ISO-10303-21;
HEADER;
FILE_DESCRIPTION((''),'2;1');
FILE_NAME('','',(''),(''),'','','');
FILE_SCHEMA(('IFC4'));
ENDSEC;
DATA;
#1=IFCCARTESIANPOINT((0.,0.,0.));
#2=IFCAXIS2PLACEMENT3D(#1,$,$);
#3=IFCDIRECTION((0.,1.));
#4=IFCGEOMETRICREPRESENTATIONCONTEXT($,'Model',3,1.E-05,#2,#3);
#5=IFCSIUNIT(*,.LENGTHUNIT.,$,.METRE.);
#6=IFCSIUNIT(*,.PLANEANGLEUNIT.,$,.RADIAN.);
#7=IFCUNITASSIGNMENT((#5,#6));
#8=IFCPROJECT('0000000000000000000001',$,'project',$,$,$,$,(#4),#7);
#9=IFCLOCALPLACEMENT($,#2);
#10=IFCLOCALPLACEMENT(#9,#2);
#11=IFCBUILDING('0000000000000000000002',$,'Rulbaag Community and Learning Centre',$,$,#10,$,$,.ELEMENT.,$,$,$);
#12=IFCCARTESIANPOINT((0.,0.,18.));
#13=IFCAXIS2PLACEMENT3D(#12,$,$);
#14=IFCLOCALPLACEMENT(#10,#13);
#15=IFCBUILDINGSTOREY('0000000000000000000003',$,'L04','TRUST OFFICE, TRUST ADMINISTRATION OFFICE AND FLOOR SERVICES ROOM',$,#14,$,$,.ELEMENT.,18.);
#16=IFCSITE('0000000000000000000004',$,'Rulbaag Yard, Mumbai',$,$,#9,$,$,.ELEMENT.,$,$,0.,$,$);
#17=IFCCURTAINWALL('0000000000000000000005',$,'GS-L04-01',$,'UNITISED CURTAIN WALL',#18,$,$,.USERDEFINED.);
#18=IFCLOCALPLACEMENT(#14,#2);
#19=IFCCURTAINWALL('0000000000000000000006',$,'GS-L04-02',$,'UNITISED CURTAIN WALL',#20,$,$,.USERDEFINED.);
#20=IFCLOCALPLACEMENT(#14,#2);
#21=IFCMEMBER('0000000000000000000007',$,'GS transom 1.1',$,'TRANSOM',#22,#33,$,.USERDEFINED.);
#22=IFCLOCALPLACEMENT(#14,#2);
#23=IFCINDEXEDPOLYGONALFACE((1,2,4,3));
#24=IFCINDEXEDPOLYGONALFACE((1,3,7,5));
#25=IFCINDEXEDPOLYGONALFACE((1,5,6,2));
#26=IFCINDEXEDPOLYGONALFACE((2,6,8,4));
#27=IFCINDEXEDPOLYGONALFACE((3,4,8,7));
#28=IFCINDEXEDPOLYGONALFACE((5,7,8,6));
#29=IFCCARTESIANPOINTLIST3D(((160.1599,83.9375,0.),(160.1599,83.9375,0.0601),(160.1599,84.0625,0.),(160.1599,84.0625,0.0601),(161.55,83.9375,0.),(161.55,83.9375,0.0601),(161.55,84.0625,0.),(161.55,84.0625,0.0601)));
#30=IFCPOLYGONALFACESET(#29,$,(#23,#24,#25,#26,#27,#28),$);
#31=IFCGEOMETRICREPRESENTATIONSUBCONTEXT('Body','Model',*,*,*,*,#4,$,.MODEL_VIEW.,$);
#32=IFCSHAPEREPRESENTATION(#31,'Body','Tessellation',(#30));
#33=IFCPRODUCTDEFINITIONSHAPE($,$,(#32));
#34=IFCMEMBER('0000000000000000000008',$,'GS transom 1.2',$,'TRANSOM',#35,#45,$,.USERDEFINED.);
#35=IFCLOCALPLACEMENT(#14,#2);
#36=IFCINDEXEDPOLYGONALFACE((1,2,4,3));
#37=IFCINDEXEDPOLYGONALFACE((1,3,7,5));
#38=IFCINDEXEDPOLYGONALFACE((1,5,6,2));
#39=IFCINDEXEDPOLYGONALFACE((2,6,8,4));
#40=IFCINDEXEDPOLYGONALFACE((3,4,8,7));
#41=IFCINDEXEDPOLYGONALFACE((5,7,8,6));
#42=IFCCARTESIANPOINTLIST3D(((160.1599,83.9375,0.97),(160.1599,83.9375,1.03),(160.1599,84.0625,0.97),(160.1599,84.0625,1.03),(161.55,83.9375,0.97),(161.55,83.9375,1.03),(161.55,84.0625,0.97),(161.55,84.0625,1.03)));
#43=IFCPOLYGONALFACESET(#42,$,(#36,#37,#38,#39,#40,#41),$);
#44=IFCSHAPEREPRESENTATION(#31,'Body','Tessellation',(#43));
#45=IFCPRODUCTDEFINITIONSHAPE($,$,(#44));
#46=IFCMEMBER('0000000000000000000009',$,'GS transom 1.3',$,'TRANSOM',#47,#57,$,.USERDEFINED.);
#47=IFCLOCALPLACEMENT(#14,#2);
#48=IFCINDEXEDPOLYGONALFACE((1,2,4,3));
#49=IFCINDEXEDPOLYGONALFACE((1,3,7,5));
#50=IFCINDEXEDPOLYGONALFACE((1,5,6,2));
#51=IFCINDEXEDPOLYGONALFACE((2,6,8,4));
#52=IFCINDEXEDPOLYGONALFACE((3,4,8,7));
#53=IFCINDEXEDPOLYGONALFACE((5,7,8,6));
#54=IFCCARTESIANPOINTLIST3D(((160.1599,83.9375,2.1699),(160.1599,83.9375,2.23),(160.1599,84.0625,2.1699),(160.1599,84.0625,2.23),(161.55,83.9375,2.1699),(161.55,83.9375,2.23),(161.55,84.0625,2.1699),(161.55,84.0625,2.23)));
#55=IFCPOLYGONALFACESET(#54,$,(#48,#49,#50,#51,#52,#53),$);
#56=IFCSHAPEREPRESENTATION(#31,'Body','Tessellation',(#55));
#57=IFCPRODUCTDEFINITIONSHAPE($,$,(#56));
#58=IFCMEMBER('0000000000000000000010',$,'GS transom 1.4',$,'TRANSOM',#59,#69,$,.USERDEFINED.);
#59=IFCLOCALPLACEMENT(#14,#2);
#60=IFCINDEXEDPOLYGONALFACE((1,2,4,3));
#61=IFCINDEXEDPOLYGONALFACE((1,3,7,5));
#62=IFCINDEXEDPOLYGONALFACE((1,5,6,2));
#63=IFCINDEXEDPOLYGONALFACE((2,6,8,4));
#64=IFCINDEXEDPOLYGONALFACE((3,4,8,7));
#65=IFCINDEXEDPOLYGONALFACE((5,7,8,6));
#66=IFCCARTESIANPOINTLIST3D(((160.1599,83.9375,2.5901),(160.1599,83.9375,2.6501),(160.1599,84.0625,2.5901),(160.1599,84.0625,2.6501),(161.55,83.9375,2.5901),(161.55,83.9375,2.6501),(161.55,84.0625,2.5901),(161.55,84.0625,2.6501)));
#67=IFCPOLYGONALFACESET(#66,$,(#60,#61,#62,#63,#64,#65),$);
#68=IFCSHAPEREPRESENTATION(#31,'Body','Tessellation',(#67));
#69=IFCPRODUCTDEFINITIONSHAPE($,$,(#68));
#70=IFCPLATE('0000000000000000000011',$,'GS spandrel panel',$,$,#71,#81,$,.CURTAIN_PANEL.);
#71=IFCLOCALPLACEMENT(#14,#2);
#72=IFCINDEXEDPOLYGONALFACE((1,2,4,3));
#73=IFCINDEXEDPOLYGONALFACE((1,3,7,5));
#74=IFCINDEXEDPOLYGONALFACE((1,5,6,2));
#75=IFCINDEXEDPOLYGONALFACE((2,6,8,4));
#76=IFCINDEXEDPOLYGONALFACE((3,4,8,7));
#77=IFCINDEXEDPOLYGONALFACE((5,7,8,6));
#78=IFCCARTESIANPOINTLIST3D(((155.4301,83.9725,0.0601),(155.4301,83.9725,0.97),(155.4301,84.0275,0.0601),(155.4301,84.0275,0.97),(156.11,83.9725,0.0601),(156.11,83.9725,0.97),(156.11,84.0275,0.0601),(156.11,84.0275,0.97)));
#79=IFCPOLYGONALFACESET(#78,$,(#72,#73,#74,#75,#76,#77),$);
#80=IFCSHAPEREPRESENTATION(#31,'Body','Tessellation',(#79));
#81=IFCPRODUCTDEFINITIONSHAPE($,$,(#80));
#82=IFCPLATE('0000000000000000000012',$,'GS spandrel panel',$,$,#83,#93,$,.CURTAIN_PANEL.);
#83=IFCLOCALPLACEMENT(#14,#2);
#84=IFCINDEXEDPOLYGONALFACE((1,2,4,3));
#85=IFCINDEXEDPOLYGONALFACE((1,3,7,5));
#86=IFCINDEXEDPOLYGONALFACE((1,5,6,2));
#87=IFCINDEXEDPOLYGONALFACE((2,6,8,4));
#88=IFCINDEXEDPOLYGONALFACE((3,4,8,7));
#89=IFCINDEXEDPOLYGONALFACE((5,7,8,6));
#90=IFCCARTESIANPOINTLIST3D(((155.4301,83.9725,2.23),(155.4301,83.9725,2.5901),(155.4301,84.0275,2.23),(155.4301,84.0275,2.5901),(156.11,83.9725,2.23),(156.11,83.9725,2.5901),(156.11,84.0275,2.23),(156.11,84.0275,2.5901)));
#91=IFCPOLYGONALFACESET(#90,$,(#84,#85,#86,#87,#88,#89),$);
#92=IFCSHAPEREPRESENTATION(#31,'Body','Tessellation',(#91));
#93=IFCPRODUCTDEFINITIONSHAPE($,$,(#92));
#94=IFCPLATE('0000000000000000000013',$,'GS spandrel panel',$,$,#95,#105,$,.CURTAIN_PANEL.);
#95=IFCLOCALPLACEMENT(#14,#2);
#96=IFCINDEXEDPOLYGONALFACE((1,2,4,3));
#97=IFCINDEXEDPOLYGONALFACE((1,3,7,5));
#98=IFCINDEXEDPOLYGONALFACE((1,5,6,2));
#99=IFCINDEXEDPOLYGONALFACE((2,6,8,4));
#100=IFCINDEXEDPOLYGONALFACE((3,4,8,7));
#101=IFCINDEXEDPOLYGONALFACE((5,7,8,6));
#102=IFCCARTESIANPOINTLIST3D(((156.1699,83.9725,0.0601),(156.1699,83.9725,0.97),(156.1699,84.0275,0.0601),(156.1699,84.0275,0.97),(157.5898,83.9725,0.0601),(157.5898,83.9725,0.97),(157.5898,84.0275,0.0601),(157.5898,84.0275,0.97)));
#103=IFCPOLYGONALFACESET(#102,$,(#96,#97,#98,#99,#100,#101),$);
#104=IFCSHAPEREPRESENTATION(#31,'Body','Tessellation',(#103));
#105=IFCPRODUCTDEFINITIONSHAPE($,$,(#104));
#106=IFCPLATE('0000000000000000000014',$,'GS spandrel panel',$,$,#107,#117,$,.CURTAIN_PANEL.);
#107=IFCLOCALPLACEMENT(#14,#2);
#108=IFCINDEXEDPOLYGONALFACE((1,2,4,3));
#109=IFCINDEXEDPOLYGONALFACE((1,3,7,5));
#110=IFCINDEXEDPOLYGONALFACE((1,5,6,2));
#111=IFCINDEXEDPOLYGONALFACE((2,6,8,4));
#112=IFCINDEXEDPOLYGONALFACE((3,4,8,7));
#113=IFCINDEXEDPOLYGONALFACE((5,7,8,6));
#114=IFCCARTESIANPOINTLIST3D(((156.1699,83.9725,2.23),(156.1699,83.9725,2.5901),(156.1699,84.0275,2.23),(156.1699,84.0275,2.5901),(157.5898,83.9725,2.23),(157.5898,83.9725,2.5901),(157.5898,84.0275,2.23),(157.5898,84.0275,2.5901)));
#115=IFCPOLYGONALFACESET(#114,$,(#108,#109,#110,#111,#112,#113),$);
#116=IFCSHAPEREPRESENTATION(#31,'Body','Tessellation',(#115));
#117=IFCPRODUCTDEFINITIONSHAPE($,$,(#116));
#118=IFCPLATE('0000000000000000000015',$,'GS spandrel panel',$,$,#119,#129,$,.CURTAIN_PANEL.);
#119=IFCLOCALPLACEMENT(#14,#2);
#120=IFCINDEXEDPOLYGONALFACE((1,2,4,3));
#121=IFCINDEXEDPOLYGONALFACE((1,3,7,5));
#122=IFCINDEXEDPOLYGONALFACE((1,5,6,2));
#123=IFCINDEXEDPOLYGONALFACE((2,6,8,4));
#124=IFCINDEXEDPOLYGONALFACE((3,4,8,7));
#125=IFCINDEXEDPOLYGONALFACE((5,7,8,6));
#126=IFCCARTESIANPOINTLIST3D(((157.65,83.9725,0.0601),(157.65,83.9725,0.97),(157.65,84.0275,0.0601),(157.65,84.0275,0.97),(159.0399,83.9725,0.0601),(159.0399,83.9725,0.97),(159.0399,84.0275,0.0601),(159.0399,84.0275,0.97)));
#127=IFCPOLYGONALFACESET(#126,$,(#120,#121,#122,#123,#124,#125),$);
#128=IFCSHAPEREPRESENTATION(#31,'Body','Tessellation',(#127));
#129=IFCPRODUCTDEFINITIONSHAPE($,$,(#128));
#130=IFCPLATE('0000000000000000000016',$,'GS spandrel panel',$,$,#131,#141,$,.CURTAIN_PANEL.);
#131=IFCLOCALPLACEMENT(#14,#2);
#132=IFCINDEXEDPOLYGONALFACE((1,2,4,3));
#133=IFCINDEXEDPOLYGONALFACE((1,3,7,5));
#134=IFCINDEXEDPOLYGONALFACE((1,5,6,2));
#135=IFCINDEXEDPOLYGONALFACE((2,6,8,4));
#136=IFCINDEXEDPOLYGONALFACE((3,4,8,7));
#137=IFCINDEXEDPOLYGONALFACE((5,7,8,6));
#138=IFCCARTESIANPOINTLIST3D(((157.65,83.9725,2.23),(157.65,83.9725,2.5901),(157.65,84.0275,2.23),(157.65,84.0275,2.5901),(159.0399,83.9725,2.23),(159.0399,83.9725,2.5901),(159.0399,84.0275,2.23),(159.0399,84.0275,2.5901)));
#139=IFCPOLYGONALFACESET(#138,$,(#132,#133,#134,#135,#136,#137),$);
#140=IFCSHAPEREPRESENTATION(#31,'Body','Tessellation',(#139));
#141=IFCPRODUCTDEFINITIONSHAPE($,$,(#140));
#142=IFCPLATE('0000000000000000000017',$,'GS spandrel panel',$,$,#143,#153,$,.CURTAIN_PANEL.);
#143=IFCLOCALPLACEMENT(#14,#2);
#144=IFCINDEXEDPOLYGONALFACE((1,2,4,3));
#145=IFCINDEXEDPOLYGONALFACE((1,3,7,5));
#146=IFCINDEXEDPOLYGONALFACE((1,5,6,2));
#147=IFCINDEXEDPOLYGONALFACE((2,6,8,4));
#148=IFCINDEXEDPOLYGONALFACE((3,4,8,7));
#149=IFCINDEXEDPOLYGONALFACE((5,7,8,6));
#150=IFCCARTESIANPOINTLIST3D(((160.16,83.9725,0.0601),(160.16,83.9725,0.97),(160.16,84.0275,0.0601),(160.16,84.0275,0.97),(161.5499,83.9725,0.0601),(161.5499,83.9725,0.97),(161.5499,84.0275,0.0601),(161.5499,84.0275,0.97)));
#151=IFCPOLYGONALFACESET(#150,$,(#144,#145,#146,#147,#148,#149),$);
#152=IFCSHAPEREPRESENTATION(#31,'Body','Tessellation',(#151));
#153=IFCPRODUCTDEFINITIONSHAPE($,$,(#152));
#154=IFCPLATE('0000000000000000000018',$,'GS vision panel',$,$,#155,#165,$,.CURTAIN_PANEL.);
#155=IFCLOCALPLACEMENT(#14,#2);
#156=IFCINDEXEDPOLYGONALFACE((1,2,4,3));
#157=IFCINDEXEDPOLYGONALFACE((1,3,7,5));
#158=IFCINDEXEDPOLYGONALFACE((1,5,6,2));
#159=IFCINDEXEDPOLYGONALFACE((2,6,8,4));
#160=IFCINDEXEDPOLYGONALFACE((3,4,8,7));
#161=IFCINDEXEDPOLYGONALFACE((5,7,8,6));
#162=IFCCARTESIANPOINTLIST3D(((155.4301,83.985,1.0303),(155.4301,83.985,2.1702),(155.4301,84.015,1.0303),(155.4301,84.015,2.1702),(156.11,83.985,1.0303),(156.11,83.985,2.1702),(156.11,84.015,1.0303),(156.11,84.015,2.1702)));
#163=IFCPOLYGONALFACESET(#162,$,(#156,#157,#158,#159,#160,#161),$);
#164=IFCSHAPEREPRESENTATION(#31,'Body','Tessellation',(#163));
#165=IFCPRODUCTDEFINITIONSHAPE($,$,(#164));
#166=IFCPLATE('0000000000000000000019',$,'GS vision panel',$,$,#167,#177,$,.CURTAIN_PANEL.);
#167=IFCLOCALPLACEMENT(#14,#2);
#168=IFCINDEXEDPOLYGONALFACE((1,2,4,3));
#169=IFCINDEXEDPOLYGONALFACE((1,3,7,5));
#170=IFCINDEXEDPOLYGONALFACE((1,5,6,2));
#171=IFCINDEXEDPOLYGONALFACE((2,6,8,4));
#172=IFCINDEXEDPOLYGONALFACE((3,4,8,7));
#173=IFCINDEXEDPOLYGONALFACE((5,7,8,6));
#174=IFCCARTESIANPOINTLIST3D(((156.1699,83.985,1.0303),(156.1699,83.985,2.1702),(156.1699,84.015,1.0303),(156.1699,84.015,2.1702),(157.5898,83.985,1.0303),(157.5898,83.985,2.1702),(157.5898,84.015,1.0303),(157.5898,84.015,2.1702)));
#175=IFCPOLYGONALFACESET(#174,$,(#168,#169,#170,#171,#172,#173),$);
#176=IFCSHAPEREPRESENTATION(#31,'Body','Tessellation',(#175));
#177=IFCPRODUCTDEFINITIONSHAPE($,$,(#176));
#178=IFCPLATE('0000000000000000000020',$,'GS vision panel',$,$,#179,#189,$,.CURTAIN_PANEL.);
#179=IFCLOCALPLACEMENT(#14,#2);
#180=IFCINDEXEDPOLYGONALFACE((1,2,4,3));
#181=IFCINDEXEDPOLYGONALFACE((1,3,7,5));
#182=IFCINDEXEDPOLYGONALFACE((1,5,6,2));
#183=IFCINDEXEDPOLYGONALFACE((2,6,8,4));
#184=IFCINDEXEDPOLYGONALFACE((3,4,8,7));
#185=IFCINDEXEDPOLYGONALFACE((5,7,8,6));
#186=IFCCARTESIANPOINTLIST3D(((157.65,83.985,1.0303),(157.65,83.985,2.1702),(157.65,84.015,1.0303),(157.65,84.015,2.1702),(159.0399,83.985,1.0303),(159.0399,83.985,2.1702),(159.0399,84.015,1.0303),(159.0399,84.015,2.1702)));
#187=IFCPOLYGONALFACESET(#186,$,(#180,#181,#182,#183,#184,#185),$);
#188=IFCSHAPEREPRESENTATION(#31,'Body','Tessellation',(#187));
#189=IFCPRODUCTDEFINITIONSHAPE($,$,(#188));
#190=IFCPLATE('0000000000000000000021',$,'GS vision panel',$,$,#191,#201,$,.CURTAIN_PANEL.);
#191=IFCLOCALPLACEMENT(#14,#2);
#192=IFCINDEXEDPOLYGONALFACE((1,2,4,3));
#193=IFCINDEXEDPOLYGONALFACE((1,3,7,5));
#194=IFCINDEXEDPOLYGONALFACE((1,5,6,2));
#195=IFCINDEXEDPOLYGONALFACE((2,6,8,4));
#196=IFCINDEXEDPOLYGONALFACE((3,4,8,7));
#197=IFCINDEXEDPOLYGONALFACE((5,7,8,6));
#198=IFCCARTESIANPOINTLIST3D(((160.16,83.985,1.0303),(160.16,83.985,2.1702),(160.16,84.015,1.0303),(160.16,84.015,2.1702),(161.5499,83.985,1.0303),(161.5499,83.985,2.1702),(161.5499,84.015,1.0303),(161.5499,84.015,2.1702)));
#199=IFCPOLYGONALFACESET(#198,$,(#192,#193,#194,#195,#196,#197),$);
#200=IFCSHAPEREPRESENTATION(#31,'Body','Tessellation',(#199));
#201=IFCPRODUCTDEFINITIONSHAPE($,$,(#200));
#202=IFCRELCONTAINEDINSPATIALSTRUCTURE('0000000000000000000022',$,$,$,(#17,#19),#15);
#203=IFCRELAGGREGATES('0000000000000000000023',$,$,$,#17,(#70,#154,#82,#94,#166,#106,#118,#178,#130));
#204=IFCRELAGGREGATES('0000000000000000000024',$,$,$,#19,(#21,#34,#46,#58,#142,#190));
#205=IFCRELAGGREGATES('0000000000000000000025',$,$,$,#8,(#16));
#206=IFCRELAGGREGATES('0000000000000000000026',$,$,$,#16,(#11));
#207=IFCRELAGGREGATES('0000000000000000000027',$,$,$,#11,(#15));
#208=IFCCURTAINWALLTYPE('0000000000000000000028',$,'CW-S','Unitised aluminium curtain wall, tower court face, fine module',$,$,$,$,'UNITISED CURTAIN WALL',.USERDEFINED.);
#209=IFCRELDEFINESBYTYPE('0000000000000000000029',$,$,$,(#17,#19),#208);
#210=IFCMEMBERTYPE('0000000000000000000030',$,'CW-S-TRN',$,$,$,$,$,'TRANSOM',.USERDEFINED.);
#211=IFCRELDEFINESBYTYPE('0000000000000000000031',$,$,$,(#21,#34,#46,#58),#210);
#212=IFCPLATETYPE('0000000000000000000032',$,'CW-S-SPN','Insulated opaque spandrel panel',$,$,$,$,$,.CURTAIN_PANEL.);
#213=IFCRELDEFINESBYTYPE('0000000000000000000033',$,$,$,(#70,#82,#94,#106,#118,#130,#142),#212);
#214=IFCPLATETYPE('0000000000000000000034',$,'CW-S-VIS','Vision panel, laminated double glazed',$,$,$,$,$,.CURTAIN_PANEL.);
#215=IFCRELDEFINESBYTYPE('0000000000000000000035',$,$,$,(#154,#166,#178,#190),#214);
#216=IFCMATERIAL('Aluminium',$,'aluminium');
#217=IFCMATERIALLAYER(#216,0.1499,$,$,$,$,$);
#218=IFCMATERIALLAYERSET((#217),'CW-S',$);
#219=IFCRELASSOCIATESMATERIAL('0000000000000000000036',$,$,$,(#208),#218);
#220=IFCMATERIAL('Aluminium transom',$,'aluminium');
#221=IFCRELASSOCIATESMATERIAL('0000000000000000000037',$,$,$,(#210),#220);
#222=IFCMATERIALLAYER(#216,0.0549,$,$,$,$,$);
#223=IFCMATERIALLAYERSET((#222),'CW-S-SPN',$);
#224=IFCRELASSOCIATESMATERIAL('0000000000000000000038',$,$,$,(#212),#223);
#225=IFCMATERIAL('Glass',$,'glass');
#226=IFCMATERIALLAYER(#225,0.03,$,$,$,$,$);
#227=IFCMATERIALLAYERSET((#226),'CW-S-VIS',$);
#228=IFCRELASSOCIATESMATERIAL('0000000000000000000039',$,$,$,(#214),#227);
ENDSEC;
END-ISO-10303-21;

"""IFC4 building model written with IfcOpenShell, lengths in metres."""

from ifc_helpers import new_model, si_unit, direction, frame, origin, origin_2d, place, context, subcontext, project, spatial, rectangle, extrude, material, layer, layer_set, material_profile, profile_set, type_object, element, aggregate, save


model = new_model("IFC4")

# Units and contexts
model_context = context("Model", 3, precision=1e-05, world=origin(), true_north=direction((0.0, 1.0)))
body_context = subcontext(model_context, "Body", "Model", "MODEL_VIEW")
ifc_project = project(units=[si_unit("LENGTHUNIT", "METRE"), si_unit("PLANEANGLEUNIT", "RADIAN")], contexts=[model_context])

# Site, building, storey
site_placement = place(None, origin())
site = spatial("IfcSite", under=ifc_project, at=site_placement, Name="Rulbaag Yard, Mumbai", CompositionType="ELEMENT", RefElevation=0.0)
building_placement = place(site_placement, origin())
building = spatial("IfcBuilding", under=site, at=building_placement, Name="Rulbaag Community and Learning Centre", CompositionType="ELEMENT")
storey_placement = place(building_placement, frame((0.0, 0.0, 18.0)))
storey = spatial("IfcBuildingStorey", under=building, at=storey_placement, Name="L04", Description="TRUST OFFICE, TRUST ADMINISTRATION OFFICE AND FLOOR SERVICES ROOM", CompositionType="ELEMENT", Elevation=18.0)

# Curtain wall
ifc_material_1 = material(Name="Aluminium", Category="aluminium")
ifc_layer_1 = layer(ifc_material_1, 0.1499)
ifc_layer_set_1 = layer_set([ifc_layer_1], Name="CW-S")
curtain_wall_type = type_object("IfcCurtainWallType", Name="CW-S", Description="Unitised aluminium curtain wall, tower court face, fine module", ElementType="UNITISED CURTAIN WALL", PredefinedType="USERDEFINED", material=ifc_layer_set_1)
curtain_wall_1_placement = place(storey_placement, origin())
curtain_wall_1 = element("IfcCurtainWall", 1, at=curtain_wall_1_placement, inside=storey, type_object=curtain_wall_type, Name="GS-L04-01", ObjectType="UNITISED CURTAIN WALL", PredefinedType="USERDEFINED")

# Curtain wall
curtain_wall_2_placement = place(storey_placement, origin())
curtain_wall_2 = element("IfcCurtainWall", 2, at=curtain_wall_2_placement, inside=storey, type_object=curtain_wall_type, Name="GS-L04-02", ObjectType="UNITISED CURTAIN WALL", PredefinedType="USERDEFINED")

# Members
ifc_material_2 = material(Name="Aluminium transom", Category="aluminium")
ifc_material_profile_1 = material_profile(ifc_material_2, rectangle(XDim=0.125, YDim=0.0601, at=origin_2d()), Name="AL 60x125 T")
ifc_profile_set_1 = profile_set([ifc_material_profile_1], Name="Aluminium transom")
member_type_1 = type_object("IfcMemberType", Name="CW-S-TRN", ElementType="TRANSOM", PredefinedType="USERDEFINED", material=ifc_profile_set_1)
member_1_placement = place(storey_placement, frame((160.1599, 84.0, 0.03), z_axis=(1.0, 0.0, 0.0), x_axis=(0.0, 1.0, 0.0)))
member_1 = element("IfcMember", 3, at=member_1_placement, type_object=member_type_1, Name="GS transom 1.1", ObjectType="TRANSOM", PredefinedType="USERDEFINED", context=body_context, shape_type="SweptSolid", body=[
    extrude(rectangle(XDim=0.125, YDim=0.0601, at=origin_2d()), origin(), (0.0, 0.0, 1.0), 1.3901),
])
member_2_placement = place(storey_placement, frame((160.1599, 84.0, 1.0), z_axis=(1.0, 0.0, 0.0), x_axis=(0.0, 1.0, 0.0)))
member_2 = element("IfcMember", 4, at=member_2_placement, type_object=member_type_1, Name="GS transom 1.2", ObjectType="TRANSOM", PredefinedType="USERDEFINED", context=body_context, shape_type="SweptSolid", body=[
    extrude(rectangle(XDim=0.125, YDim=0.0601, at=origin_2d()), origin(), (0.0, 0.0, 1.0), 1.3901),
])
member_3_placement = place(storey_placement, frame((160.1599, 84.0, 2.2), z_axis=(1.0, 0.0, 0.0), x_axis=(0.0, 1.0, 0.0)))
member_3 = element("IfcMember", 5, at=member_3_placement, type_object=member_type_1, Name="GS transom 1.3", ObjectType="TRANSOM", PredefinedType="USERDEFINED", context=body_context, shape_type="SweptSolid", body=[
    extrude(rectangle(XDim=0.125, YDim=0.0601, at=origin_2d()), origin(), (0.0, 0.0, 1.0), 1.3901),
])
member_4_placement = place(storey_placement, frame((160.1599, 84.0, 2.6201), z_axis=(1.0, 0.0, 0.0), x_axis=(0.0, 1.0, 0.0)))
member_4 = element("IfcMember", 6, at=member_4_placement, type_object=member_type_1, Name="GS transom 1.4", ObjectType="TRANSOM", PredefinedType="USERDEFINED", context=body_context, shape_type="SweptSolid", body=[
    extrude(rectangle(XDim=0.125, YDim=0.0601, at=origin_2d()), origin(), (0.0, 0.0, 1.0), 1.3901),
])

# Plates
ifc_layer_2 = layer(ifc_material_1, 0.0549)
ifc_layer_set_2 = layer_set([ifc_layer_2], Name="CW-S-SPN")
plate_type_1 = type_object("IfcPlateType", Name="CW-S-SPN", Description="Insulated opaque spandrel panel", PredefinedType="CURTAIN_PANEL", material=ifc_layer_set_2)
plate_1_placement = place(storey_placement, frame((155.77, 84.0, 0.0601), z_axis=(0.0, 0.0, 1.0), x_axis=(1.0, 0.0, 0.0)))
plate_1 = element("IfcPlate", 7, at=plate_1_placement, type_object=plate_type_1, Name="GS spandrel panel", PredefinedType="CURTAIN_PANEL", context=body_context, shape_type="SweptSolid", body=[
    extrude(rectangle(XDim=0.6799, YDim=0.0549, at=origin_2d()), origin(), (0.0, 0.0, 1.0), 0.9099),
])
plate_2_placement = place(storey_placement, frame((155.77, 84.0, 2.23), z_axis=(0.0, 0.0, 1.0), x_axis=(1.0, 0.0, 0.0)))
plate_2 = element("IfcPlate", 8, at=plate_2_placement, type_object=plate_type_1, Name="GS spandrel panel", PredefinedType="CURTAIN_PANEL", context=body_context, shape_type="SweptSolid", body=[
    extrude(rectangle(XDim=0.6799, YDim=0.0549, at=origin_2d()), origin(), (0.0, 0.0, 1.0), 0.3601),
])
plate_3_placement = place(storey_placement, frame((156.8799, 84.0, 0.0601), z_axis=(0.0, 0.0, 1.0), x_axis=(1.0, 0.0, 0.0)))
plate_3 = element("IfcPlate", 9, at=plate_3_placement, type_object=plate_type_1, Name="GS spandrel panel", PredefinedType="CURTAIN_PANEL", context=body_context, shape_type="SweptSolid", body=[
    extrude(rectangle(XDim=1.4199, YDim=0.0549, at=origin_2d()), origin(), (0.0, 0.0, 1.0), 0.9099),
])
plate_4_placement = place(storey_placement, frame((156.8799, 84.0, 2.23), z_axis=(0.0, 0.0, 1.0), x_axis=(1.0, 0.0, 0.0)))
plate_4 = element("IfcPlate", 10, at=plate_4_placement, type_object=plate_type_1, Name="GS spandrel panel", PredefinedType="CURTAIN_PANEL", context=body_context, shape_type="SweptSolid", body=[
    extrude(rectangle(XDim=1.4199, YDim=0.0549, at=origin_2d()), origin(), (0.0, 0.0, 1.0), 0.3601),
])
plate_5_placement = place(storey_placement, frame((158.345, 84.0, 0.0601), z_axis=(0.0, 0.0, 1.0), x_axis=(1.0, 0.0, 0.0)))
plate_5 = element("IfcPlate", 11, at=plate_5_placement, type_object=plate_type_1, Name="GS spandrel panel", PredefinedType="CURTAIN_PANEL", context=body_context, shape_type="SweptSolid", body=[
    extrude(rectangle(XDim=1.3899, YDim=0.0549, at=origin_2d()), origin(), (0.0, 0.0, 1.0), 0.9099),
])
plate_6_placement = place(storey_placement, frame((158.345, 84.0, 2.23), z_axis=(0.0, 0.0, 1.0), x_axis=(1.0, 0.0, 0.0)))
plate_6 = element("IfcPlate", 12, at=plate_6_placement, type_object=plate_type_1, Name="GS spandrel panel", PredefinedType="CURTAIN_PANEL", context=body_context, shape_type="SweptSolid", body=[
    extrude(rectangle(XDim=1.3899, YDim=0.0549, at=origin_2d()), origin(), (0.0, 0.0, 1.0), 0.3601),
])
plate_7_placement = place(storey_placement, frame((160.855, 84.0, 0.0601), z_axis=(0.0, 0.0, 1.0), x_axis=(1.0, 0.0, 0.0)))
plate_7 = element("IfcPlate", 13, at=plate_7_placement, type_object=plate_type_1, Name="GS spandrel panel", PredefinedType="CURTAIN_PANEL", context=body_context, shape_type="SweptSolid", body=[
    extrude(rectangle(XDim=1.3899, YDim=0.0549, at=origin_2d()), origin(), (0.0, 0.0, 1.0), 0.9099),
])
ifc_material_3 = material(Name="Glass", Category="glass")
ifc_layer_3 = layer(ifc_material_3, 0.03)
ifc_layer_set_3 = layer_set([ifc_layer_3], Name="CW-S-VIS")
plate_type_2 = type_object("IfcPlateType", Name="CW-S-VIS", Description="Vision panel, laminated double glazed", PredefinedType="CURTAIN_PANEL", material=ifc_layer_set_3)
plate_8_placement = place(storey_placement, frame((155.77, 84.0, 1.0303), z_axis=(0.0, 0.0, 1.0), x_axis=(1.0, 0.0, 0.0)))
plate_8 = element("IfcPlate", 14, at=plate_8_placement, type_object=plate_type_2, Name="GS vision panel", PredefinedType="CURTAIN_PANEL", context=body_context, shape_type="SweptSolid", body=[
    extrude(rectangle(XDim=0.6799, YDim=0.03, at=origin_2d()), origin(), (0.0, 0.0, 1.0), 1.1399),
])
plate_9_placement = place(storey_placement, frame((156.8799, 84.0, 1.0303), z_axis=(0.0, 0.0, 1.0), x_axis=(1.0, 0.0, 0.0)))
plate_9 = element("IfcPlate", 15, at=plate_9_placement, type_object=plate_type_2, Name="GS vision panel", PredefinedType="CURTAIN_PANEL", context=body_context, shape_type="SweptSolid", body=[
    extrude(rectangle(XDim=1.4199, YDim=0.03, at=origin_2d()), origin(), (0.0, 0.0, 1.0), 1.1399),
])
plate_10_placement = place(storey_placement, frame((158.345, 84.0, 1.0303), z_axis=(0.0, 0.0, 1.0), x_axis=(1.0, 0.0, 0.0)))
plate_10 = element("IfcPlate", 16, at=plate_10_placement, type_object=plate_type_2, Name="GS vision panel", PredefinedType="CURTAIN_PANEL", context=body_context, shape_type="SweptSolid", body=[
    extrude(rectangle(XDim=1.3899, YDim=0.03, at=origin_2d()), origin(), (0.0, 0.0, 1.0), 1.1399),
])
aggregate(curtain_wall_1, [plate_1, plate_8, plate_2, plate_3, plate_9, plate_4, plate_5, plate_10, plate_6])
plate_11_placement = place(storey_placement, frame((160.855, 84.0, 1.0303), z_axis=(0.0, 0.0, 1.0), x_axis=(1.0, 0.0, 0.0)))
plate_11 = element("IfcPlate", 17, at=plate_11_placement, type_object=plate_type_2, Name="GS vision panel", PredefinedType="CURTAIN_PANEL", context=body_context, shape_type="SweptSolid", body=[
    extrude(rectangle(XDim=1.3899, YDim=0.03, at=origin_2d()), origin(), (0.0, 0.0, 1.0), 1.1399),
])
aggregate(curtain_wall_2, [member_1, member_2, member_3, member_4, plate_7, plate_11])

save(model, "model.ifc")
